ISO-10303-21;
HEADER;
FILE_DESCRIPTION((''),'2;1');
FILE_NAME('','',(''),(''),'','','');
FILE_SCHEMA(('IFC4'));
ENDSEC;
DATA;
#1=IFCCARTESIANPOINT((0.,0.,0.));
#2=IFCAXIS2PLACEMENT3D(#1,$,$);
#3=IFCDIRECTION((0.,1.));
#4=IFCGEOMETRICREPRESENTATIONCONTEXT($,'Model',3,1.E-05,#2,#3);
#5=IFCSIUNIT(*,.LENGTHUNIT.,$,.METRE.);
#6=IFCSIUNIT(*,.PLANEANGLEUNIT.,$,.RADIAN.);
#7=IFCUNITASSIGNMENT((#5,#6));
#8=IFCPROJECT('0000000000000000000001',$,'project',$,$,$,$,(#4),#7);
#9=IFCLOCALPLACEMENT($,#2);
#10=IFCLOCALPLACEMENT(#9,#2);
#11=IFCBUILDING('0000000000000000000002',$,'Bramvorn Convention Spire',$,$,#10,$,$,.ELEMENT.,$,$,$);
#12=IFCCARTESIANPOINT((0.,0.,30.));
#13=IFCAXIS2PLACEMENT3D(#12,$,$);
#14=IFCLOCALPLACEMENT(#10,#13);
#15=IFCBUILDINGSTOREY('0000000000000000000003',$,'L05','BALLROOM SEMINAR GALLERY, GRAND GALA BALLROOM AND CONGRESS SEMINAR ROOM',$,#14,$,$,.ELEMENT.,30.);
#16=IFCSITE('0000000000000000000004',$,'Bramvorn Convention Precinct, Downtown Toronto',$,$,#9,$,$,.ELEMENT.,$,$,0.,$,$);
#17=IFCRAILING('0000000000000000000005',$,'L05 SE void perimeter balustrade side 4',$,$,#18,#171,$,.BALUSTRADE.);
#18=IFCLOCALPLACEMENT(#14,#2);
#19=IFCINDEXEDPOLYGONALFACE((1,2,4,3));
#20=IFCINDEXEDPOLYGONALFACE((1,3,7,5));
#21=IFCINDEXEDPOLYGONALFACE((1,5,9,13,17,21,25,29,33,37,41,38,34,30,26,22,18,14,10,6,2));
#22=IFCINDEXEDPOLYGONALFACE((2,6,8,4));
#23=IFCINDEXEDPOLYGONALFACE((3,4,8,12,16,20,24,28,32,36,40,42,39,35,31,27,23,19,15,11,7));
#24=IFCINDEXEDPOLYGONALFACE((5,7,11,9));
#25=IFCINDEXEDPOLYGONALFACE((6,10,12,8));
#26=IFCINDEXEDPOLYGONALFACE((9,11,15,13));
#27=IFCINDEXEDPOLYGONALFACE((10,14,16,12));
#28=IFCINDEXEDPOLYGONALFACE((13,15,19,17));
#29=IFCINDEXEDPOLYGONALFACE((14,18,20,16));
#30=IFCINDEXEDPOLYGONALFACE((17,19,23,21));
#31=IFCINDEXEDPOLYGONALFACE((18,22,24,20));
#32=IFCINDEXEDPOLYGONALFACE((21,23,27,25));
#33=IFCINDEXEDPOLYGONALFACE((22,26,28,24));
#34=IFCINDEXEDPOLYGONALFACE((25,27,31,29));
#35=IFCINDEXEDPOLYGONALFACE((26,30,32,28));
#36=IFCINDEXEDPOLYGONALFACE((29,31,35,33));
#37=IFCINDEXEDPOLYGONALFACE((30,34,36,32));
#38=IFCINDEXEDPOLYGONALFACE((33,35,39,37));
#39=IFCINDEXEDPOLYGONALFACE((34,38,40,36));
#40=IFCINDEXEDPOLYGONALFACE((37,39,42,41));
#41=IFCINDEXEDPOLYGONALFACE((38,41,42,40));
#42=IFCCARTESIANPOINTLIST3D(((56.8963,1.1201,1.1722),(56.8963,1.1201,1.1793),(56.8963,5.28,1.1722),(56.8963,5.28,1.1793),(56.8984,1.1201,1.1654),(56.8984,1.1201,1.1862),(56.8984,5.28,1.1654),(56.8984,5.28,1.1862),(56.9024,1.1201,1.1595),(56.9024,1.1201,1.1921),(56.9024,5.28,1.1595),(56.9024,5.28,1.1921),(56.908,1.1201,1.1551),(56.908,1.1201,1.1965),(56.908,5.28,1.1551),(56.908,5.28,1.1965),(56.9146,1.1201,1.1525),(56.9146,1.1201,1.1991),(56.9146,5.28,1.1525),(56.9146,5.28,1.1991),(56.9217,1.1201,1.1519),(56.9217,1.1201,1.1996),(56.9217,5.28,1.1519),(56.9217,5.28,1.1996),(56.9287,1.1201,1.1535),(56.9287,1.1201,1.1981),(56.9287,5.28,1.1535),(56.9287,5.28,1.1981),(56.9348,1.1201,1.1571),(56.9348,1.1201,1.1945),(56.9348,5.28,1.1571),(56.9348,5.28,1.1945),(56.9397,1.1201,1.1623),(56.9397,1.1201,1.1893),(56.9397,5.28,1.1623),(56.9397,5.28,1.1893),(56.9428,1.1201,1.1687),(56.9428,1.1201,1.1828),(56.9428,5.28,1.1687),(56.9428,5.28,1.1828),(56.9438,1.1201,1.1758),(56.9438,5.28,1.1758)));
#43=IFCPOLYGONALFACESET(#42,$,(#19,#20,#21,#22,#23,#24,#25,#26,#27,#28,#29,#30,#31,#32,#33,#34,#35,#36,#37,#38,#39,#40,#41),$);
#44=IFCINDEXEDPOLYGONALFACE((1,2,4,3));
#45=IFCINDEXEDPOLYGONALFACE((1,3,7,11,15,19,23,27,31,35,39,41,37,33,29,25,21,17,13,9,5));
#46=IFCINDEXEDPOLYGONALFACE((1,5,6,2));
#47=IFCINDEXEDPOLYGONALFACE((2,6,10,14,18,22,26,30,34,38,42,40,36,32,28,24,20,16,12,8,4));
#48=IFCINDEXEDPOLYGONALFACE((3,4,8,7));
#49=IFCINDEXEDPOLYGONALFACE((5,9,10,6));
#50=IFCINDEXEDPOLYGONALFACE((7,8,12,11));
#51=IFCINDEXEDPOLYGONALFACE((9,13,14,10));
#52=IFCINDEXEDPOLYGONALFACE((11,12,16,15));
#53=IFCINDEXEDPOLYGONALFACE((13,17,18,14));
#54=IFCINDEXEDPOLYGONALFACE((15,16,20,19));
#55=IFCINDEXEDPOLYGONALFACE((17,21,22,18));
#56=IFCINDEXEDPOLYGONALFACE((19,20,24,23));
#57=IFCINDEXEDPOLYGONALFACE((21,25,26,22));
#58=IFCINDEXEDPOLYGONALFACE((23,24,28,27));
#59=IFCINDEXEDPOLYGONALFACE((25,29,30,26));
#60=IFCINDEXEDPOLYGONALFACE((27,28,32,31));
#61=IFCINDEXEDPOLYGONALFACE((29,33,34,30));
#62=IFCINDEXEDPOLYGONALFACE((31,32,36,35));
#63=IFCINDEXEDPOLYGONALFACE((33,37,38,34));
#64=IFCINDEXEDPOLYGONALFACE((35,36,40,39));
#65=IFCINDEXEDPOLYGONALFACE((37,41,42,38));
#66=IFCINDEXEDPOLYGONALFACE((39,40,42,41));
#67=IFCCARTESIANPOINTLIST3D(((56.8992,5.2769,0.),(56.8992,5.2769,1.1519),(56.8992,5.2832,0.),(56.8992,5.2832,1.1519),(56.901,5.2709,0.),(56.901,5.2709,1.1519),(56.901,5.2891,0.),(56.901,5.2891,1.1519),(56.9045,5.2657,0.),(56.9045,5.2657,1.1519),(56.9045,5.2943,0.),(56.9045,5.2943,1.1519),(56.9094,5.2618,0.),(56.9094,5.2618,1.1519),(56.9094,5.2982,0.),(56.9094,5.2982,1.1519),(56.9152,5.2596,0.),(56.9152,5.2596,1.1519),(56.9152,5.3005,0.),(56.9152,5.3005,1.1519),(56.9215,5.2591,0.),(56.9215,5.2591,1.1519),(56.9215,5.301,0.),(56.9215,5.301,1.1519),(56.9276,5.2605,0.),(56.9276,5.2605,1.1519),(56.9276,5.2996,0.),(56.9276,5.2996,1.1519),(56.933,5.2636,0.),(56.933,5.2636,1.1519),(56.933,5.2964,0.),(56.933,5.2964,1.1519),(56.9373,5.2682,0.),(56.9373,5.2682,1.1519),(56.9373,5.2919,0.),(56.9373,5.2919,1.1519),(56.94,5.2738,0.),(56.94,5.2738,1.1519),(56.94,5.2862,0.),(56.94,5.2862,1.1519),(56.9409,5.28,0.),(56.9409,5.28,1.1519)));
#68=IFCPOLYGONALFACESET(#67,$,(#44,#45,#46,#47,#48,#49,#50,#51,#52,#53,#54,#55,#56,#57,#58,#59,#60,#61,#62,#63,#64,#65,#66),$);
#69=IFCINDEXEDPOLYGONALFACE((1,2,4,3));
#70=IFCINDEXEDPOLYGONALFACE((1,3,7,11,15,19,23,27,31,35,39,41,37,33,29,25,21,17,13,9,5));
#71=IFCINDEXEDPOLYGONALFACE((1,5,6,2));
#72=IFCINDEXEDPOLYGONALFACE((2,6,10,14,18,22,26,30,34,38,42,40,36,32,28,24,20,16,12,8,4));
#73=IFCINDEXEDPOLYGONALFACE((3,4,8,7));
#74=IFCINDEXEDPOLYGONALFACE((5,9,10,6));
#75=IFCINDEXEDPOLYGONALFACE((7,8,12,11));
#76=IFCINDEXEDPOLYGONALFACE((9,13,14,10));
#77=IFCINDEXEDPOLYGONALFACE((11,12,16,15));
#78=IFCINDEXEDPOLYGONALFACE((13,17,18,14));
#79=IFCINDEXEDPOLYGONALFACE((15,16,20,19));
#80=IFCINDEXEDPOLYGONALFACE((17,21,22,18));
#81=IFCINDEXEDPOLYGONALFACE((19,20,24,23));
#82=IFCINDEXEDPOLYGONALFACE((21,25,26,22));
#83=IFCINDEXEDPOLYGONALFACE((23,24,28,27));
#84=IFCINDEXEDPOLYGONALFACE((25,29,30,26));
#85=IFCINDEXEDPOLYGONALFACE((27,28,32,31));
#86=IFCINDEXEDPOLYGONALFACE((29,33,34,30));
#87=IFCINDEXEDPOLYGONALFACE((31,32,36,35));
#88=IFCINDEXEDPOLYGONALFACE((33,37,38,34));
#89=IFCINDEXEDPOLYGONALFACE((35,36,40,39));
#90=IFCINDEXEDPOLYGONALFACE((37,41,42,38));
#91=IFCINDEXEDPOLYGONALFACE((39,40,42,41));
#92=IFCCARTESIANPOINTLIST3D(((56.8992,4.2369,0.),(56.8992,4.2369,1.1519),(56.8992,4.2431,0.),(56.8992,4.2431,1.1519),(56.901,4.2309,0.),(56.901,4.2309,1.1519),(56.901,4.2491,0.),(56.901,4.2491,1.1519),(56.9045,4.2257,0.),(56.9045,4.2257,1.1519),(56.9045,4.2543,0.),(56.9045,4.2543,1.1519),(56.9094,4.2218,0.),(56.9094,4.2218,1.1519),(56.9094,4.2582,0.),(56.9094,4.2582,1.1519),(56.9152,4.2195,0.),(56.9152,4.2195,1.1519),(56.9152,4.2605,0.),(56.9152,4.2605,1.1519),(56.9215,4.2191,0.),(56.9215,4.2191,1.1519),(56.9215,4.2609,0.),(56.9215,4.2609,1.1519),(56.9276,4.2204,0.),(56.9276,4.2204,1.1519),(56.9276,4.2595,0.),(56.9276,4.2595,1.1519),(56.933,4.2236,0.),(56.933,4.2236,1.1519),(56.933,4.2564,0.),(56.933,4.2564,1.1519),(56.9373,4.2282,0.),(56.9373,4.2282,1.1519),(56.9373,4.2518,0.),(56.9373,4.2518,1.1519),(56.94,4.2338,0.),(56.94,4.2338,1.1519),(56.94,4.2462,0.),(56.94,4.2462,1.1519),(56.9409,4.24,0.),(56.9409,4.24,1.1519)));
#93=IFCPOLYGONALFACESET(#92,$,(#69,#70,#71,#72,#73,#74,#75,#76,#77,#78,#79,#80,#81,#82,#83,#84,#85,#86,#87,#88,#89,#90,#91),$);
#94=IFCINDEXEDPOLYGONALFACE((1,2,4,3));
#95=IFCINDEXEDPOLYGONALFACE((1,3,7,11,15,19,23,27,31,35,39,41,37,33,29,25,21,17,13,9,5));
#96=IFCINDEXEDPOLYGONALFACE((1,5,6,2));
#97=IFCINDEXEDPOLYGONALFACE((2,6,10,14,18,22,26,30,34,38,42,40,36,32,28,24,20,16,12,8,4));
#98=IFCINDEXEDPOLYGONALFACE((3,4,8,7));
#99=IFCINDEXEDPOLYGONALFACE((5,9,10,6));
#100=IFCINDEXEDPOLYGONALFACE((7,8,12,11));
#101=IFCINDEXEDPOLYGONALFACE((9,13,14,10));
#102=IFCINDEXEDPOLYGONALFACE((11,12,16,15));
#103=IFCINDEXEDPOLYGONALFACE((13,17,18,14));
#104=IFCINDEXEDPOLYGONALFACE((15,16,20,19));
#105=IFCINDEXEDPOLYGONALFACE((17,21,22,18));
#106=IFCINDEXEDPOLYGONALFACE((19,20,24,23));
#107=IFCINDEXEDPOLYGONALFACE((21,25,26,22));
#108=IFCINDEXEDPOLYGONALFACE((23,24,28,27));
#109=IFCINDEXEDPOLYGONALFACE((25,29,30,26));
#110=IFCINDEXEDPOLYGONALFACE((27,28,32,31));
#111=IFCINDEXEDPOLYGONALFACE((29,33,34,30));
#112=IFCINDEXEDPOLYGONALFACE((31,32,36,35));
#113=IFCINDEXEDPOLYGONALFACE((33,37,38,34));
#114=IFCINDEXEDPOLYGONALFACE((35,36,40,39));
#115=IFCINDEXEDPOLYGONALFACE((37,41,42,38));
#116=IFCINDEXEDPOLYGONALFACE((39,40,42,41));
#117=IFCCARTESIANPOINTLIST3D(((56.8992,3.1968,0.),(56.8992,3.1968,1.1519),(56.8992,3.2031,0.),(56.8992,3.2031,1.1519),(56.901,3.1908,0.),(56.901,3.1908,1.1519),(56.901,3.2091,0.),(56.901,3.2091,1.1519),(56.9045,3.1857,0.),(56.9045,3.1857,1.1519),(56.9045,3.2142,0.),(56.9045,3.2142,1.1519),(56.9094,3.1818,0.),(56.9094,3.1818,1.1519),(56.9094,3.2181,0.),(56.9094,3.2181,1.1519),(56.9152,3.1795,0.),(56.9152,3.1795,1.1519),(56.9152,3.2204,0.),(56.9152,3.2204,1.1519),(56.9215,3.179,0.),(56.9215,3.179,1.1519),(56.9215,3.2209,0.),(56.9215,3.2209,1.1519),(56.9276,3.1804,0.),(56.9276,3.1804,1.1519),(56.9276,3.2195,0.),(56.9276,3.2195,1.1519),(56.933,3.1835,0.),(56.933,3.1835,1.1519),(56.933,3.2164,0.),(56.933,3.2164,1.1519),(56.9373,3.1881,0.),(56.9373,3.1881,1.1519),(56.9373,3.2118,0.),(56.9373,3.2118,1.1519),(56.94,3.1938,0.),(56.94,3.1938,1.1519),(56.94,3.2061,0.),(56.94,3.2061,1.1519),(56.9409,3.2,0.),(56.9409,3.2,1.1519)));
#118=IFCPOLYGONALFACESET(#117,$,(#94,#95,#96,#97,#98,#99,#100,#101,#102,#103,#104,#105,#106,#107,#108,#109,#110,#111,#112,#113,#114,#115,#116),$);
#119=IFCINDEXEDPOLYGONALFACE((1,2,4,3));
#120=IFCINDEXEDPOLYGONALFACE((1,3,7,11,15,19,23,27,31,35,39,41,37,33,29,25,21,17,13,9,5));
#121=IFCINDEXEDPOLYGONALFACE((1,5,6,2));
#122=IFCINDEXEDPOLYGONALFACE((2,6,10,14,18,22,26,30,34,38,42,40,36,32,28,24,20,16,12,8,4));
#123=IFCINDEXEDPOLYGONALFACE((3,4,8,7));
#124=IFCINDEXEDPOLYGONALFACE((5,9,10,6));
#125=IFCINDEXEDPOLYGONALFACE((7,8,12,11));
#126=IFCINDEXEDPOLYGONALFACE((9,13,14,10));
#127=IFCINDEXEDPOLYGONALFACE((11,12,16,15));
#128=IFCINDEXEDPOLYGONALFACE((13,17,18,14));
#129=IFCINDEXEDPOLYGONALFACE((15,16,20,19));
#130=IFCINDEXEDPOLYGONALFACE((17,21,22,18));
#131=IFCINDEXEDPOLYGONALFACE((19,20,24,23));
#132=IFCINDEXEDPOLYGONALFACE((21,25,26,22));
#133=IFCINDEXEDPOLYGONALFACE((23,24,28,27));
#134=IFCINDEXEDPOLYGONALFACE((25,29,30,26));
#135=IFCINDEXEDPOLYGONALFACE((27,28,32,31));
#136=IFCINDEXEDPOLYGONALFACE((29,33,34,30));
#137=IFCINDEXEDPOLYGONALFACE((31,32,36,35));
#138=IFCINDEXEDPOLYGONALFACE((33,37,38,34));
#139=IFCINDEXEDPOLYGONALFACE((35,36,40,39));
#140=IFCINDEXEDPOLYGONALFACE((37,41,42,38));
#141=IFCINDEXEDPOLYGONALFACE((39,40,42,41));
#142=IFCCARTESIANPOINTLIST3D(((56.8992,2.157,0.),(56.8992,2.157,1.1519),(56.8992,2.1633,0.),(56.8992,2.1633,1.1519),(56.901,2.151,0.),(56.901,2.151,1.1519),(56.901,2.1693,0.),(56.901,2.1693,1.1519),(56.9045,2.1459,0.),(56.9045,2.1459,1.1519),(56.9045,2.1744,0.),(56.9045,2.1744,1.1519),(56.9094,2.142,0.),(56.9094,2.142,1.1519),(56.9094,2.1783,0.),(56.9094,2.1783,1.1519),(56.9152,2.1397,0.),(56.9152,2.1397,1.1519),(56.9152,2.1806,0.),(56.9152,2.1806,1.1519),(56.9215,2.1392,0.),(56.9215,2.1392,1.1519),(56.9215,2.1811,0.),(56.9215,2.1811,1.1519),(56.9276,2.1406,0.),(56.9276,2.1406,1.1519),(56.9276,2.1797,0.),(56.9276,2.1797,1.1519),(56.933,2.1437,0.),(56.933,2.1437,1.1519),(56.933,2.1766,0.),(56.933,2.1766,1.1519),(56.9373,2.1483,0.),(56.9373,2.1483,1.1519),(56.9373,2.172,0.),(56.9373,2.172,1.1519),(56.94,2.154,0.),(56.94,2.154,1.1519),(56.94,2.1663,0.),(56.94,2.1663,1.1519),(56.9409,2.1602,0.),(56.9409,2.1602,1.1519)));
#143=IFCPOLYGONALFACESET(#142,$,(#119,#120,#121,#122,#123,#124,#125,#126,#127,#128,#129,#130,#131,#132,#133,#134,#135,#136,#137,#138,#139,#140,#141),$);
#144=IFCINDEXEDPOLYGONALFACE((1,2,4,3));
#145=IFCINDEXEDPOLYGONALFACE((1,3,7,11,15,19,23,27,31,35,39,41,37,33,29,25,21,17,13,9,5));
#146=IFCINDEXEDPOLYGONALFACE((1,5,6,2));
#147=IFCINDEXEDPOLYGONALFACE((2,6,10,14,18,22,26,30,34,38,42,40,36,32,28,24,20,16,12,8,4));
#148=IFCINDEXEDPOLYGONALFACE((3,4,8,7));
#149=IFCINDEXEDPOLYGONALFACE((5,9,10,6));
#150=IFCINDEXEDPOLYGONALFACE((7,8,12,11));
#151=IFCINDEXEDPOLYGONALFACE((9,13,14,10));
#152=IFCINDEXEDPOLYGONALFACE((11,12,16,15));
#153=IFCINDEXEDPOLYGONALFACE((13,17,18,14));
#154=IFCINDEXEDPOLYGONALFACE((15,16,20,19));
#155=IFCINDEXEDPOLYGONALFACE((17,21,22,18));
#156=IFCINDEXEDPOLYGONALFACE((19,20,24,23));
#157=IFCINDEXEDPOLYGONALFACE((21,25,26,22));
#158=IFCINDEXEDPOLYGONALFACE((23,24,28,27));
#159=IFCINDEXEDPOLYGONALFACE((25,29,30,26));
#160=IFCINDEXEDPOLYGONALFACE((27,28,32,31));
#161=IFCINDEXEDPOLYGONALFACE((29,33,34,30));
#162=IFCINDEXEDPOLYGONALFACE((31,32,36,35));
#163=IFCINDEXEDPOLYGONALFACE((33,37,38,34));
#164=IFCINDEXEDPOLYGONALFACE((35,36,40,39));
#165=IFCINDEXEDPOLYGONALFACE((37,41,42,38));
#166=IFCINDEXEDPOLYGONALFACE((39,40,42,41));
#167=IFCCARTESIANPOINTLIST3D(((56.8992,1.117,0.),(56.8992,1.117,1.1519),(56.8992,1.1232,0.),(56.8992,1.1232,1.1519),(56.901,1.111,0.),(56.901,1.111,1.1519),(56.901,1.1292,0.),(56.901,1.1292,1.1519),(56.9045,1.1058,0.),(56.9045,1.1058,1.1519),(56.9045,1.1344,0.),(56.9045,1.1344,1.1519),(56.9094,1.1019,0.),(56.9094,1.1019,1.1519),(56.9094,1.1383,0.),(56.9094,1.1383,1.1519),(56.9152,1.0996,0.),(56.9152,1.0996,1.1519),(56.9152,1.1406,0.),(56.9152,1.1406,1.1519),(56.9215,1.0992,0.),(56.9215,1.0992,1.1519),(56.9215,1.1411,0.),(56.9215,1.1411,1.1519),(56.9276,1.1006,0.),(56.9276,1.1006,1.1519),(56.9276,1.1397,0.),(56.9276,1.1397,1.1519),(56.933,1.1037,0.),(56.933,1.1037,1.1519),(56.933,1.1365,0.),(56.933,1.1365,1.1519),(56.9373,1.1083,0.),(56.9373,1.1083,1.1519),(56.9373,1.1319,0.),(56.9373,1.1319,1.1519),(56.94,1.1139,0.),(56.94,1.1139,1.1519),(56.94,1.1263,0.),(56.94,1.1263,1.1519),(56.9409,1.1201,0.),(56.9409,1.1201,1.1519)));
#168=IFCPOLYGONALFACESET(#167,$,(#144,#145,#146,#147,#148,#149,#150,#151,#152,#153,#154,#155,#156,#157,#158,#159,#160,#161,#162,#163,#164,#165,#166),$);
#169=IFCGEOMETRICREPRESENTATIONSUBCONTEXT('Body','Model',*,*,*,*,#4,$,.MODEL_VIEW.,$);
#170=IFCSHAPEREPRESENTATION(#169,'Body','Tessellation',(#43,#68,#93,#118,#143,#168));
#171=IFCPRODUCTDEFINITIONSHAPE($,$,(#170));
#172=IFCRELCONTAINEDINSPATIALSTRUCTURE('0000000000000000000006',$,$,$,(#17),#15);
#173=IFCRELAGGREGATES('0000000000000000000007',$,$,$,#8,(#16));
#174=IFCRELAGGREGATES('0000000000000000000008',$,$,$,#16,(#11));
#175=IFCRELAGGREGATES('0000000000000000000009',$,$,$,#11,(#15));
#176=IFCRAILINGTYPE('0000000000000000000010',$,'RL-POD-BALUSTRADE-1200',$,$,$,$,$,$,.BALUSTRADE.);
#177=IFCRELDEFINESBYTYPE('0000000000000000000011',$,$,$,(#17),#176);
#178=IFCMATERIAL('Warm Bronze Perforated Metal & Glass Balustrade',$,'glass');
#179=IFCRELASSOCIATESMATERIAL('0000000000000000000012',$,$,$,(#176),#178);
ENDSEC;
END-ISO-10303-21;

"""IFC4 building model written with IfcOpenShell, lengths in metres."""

from ifc_helpers import new_model, si_unit, direction, frame, origin, origin_2d, place, context, subcontext, project, spatial, circle, extrude, material, type_object, element, save


model = new_model("IFC4")

# Units and contexts
model_context = context("Model", 3, precision=1e-05, world=origin(), true_north=direction((0.0, 1.0)))
body_context = subcontext(model_context, "Body", "Model", "MODEL_VIEW")
ifc_project = project(units=[si_unit("LENGTHUNIT", "METRE"), si_unit("PLANEANGLEUNIT", "RADIAN")], contexts=[model_context])

# Site, building, storey
site_placement = place(None, origin())
site = spatial("IfcSite", under=ifc_project, at=site_placement, Name="Bramvorn Convention Precinct, Downtown Toronto", CompositionType="ELEMENT", RefElevation=0.0)
building_placement = place(site_placement, origin())
building = spatial("IfcBuilding", under=site, at=building_placement, Name="Bramvorn Convention Spire", CompositionType="ELEMENT")
storey_placement = place(building_placement, frame((0.0, 0.0, 30.0)))
storey = spatial("IfcBuildingStorey", under=building, at=storey_placement, Name="L05", Description="BALLROOM SEMINAR GALLERY, GRAND GALA BALLROOM AND CONGRESS SEMINAR ROOM", CompositionType="ELEMENT", Elevation=30.0)

# Railing
ifc_material_1 = material(Name="Warm Bronze Perforated Metal & Glass Balustrade", Category="glass")
railing_type = type_object("IfcRailingType", Name="RL-POD-BALUSTRADE-1200", PredefinedType="BALUSTRADE", material=ifc_material_1)
railing_1_placement = place(storey_placement, frame((56.9199, 5.28, 0.0)))
element("IfcRailing", 1, at=railing_1_placement, inside=storey, type_object=railing_type, Name="L05 SE void perimeter balustrade side 4", PredefinedType="BALUSTRADE", context=body_context, shape_type="SweptSolid", body=[
    extrude(circle(Radius=0.0239, at=origin_2d()), frame((0.0, 0.0, 1.1758), z_axis=(0.0, -1.0, 0.0), x_axis=(1.0, 0.0, 0.0)), (0.0, 0.0, 1.0), 4.1599),
    extrude(circle(Radius=0.021, at=origin_2d()), origin(), (0.0, 0.0, 1.0), 1.1519),
    extrude(circle(Radius=0.021, at=origin_2d()), frame((0.0, -1.04, 0.0)), (0.0, 0.0, 1.0), 1.1519),
    extrude(circle(Radius=0.021, at=origin_2d()), frame((0.0, -2.0801, 0.0)), (0.0, 0.0, 1.0), 1.1519),
    extrude(circle(Radius=0.021, at=origin_2d()), frame((0.0, -3.1199, 0.0)), (0.0, 0.0, 1.0), 1.1519),
    extrude(circle(Radius=0.021, at=origin_2d()), frame((0.0, -4.1599, 0.0)), (0.0, 0.0, 1.0), 1.1519),
])

save(model, "model.ifc")
